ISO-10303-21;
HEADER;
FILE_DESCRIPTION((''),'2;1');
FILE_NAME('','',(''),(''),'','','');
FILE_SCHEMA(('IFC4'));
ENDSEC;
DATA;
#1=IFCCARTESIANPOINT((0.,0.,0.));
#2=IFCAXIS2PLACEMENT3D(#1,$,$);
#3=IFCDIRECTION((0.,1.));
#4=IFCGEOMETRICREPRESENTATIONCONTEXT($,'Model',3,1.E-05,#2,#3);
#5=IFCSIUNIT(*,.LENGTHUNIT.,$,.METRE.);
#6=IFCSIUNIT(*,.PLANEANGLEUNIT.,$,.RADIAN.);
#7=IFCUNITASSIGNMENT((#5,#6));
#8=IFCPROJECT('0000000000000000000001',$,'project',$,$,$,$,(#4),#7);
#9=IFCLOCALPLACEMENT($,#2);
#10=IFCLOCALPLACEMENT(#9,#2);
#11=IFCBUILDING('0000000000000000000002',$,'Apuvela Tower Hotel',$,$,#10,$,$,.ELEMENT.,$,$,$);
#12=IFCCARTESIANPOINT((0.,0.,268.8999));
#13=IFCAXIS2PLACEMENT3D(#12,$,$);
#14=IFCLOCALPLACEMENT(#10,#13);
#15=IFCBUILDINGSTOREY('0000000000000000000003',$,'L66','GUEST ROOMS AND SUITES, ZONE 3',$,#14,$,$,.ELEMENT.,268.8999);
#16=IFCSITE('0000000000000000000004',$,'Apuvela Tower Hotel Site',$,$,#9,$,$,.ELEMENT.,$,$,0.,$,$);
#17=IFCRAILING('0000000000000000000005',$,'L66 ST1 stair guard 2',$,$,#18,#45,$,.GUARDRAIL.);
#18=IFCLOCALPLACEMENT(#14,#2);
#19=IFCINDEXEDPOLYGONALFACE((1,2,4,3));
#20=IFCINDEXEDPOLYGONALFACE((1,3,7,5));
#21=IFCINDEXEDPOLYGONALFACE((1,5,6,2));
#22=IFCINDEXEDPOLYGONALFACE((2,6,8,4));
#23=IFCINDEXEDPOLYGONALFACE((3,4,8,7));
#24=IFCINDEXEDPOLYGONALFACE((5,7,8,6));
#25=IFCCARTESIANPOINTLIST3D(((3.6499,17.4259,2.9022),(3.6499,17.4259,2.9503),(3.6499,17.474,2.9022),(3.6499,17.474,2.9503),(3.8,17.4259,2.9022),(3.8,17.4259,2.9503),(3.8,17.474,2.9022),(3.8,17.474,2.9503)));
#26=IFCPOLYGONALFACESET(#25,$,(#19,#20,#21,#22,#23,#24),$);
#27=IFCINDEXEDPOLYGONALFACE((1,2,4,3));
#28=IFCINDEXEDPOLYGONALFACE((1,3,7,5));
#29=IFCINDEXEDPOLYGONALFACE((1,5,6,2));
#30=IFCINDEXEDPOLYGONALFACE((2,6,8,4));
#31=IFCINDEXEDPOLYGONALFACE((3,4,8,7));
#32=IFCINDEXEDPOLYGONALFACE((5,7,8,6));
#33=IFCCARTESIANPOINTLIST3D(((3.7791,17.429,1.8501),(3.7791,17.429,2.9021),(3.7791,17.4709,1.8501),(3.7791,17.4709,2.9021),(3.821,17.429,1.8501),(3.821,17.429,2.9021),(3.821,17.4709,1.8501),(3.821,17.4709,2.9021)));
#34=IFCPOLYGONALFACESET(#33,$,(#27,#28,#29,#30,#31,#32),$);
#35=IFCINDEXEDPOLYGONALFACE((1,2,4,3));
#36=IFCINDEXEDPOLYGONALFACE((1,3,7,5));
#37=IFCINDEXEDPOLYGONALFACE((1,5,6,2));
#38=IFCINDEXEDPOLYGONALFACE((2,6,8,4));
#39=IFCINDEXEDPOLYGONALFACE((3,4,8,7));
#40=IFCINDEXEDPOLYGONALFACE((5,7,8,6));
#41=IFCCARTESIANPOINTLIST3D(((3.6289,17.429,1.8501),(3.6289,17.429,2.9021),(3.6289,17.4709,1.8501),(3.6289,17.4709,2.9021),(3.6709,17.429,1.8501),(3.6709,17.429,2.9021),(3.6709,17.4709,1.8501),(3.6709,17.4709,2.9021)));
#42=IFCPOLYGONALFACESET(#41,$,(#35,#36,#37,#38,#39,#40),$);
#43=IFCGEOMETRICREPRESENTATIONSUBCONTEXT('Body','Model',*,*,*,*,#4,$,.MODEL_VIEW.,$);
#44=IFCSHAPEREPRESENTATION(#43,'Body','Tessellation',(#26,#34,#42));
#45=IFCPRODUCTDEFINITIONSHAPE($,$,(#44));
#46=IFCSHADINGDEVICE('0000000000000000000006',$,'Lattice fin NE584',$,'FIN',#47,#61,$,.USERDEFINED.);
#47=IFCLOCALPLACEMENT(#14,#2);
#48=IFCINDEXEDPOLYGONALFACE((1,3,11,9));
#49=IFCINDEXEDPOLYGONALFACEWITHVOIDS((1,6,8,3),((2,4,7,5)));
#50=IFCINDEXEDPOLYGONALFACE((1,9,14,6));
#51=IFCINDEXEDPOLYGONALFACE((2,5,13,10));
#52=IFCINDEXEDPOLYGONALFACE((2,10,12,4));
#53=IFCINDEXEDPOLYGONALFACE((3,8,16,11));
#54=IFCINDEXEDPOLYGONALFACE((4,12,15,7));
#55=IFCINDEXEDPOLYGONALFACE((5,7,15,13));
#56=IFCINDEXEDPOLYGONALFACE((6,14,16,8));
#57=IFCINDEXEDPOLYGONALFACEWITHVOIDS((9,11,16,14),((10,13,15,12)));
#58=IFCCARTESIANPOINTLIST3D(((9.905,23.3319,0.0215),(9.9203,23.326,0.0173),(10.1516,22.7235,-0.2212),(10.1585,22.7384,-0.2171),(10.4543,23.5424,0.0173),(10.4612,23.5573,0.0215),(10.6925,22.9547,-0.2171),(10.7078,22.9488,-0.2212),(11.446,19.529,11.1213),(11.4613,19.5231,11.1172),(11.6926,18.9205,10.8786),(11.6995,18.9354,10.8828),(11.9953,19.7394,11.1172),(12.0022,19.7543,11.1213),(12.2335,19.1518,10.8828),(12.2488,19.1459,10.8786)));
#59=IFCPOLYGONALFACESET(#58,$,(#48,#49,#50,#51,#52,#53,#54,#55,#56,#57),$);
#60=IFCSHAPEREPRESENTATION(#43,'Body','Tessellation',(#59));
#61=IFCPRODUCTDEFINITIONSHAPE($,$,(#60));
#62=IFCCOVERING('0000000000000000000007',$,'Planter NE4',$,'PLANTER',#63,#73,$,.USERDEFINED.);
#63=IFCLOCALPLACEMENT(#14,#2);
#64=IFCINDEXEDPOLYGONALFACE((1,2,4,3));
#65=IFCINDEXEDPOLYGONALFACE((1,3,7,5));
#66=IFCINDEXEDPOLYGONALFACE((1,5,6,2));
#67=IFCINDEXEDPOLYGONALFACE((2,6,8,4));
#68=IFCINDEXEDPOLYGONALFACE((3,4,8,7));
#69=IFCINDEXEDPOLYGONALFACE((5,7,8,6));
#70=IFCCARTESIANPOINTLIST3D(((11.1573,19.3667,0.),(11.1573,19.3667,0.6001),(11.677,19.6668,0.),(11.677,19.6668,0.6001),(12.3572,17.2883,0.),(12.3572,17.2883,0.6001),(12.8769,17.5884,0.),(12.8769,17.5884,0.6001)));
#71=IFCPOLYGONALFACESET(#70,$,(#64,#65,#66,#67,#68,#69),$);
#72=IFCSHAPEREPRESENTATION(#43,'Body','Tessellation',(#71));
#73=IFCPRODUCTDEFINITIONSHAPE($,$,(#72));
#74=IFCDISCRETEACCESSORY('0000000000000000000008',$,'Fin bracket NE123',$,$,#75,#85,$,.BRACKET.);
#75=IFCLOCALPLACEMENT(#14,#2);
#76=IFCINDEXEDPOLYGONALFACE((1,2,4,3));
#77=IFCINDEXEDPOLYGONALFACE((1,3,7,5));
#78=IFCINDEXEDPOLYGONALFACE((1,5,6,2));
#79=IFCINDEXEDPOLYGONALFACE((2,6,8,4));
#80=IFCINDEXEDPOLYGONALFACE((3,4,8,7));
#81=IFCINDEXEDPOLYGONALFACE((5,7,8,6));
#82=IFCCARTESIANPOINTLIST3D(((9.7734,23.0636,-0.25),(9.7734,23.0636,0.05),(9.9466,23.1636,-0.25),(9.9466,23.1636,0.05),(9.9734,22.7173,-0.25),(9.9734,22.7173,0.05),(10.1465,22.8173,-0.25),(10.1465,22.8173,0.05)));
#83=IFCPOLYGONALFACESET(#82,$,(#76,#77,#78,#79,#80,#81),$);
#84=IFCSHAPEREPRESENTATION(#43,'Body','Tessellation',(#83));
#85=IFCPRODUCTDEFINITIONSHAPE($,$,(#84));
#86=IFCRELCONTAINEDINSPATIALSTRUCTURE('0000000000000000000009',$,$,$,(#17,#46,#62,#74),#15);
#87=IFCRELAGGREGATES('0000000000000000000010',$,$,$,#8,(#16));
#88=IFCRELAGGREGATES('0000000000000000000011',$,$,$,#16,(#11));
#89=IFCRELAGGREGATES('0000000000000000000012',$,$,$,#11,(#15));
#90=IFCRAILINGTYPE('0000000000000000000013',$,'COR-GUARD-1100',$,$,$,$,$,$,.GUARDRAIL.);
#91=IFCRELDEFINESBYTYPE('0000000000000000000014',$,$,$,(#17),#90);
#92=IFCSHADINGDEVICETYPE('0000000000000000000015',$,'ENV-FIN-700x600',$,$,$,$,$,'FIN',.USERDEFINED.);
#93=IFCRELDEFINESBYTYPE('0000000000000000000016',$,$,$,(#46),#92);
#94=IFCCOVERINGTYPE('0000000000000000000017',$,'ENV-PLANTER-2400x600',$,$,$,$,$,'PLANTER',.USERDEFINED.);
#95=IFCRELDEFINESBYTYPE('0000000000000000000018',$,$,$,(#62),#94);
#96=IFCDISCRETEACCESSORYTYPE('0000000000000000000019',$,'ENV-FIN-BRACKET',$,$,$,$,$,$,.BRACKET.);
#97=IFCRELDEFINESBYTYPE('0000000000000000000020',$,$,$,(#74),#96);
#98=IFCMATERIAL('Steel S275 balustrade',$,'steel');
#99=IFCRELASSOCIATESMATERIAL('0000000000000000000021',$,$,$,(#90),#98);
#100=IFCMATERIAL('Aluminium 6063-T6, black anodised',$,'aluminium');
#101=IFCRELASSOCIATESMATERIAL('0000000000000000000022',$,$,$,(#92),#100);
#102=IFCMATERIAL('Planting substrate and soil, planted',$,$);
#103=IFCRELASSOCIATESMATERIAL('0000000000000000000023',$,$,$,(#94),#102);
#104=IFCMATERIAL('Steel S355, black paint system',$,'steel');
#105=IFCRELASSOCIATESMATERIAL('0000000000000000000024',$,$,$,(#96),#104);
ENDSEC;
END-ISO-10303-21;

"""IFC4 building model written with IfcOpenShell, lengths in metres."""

from ifc_helpers import new_model, si_unit, direction, frame, origin, origin_2d, place, context, subcontext, project, spatial, rectangle, hollow_rectangle, extrude, material, material_profile, profile_set, type_object, element, save


model = new_model("IFC4")

# Units and contexts
model_context = context("Model", 3, precision=1e-05, world=origin(), true_north=direction((0.0, 1.0)))
body_context = subcontext(model_context, "Body", "Model", "MODEL_VIEW")
ifc_project = project(units=[si_unit("LENGTHUNIT", "METRE"), si_unit("PLANEANGLEUNIT", "RADIAN")], contexts=[model_context])

# Site, building, storey
site_placement = place(None, origin())
site = spatial("IfcSite", under=ifc_project, at=site_placement, Name="Apuvela Tower Hotel Site", CompositionType="ELEMENT", RefElevation=0.0)
building_placement = place(site_placement, origin())
building = spatial("IfcBuilding", under=site, at=building_placement, Name="Apuvela Tower Hotel", CompositionType="ELEMENT")
storey_placement = place(building_placement, frame((0.0, 0.0, 268.8999)))
storey = spatial("IfcBuildingStorey", under=building, at=storey_placement, Name="L66", Description="GUEST ROOMS AND SUITES, ZONE 3", CompositionType="ELEMENT", Elevation=268.8999)

# Railing
ifc_material_1 = material(Name="Steel S275 balustrade", Category="steel")
railing_type = type_object("IfcRailingType", Name="COR-GUARD-1100", PredefinedType="GUARDRAIL", material=ifc_material_1)
railing_placement = place(storey_placement, frame((3.8, 17.45, 1.8501)))
element("IfcRailing", 1, at=railing_placement, inside=storey, type_object=railing_type, Name="L66 ST1 stair guard 2", PredefinedType="GUARDRAIL", context=body_context, shape_type="SweptSolid", body=[
    extrude(rectangle(XDim=0.0481, YDim=0.0481, at=origin_2d()), frame((0.0, 0.0, 1.0762), z_axis=(-1.0, 0.0, 0.0), x_axis=(0.0, -1.0, 0.0)), (0.0, 0.0, 1.0), 0.1501),
    extrude(rectangle(XDim=0.042, YDim=0.042, at=origin_2d()), origin(), (0.0, 0.0, 1.0), 1.052),
    extrude(rectangle(XDim=0.042, YDim=0.042, at=origin_2d()), frame((-0.1501, 0.0, 0.0)), (0.0, 0.0, 1.0), 1.052),
])

# Shading device
ifc_material_2 = material(Name="Aluminium 6063-T6, black anodised", Category="aluminium")
ifc_material_profile_1 = material_profile(ifc_material_2, hollow_rectangle(XDim=0.6001, YDim=0.7, WallThickness=0.012, at=origin_2d()), Name="AL BOX 700x600x12")
ifc_profile_set_1 = profile_set([ifc_material_profile_1], Name="Aluminium 6063-T6, black anodised")
shading_device_type = type_object("IfcShadingDeviceType", Name="ENV-FIN-700x600", ElementType="FIN", PredefinedType="USERDEFINED", material=ifc_profile_set_1)
shading_device_placement = place(storey_placement, frame((10.3064, 23.1404, -0.0999), z_axis=(0.130219, -0.32136, 0.937961), x_axis=(0.926801, 0.375552, 0.0)))
element("IfcShadingDevice", 2, at=shading_device_placement, inside=storey, type_object=shading_device_type, Name="Lattice fin NE584", ObjectType="FIN", PredefinedType="USERDEFINED", context=body_context, shape_type="SweptSolid", body=[
    extrude(hollow_rectangle(XDim=0.6001, YDim=0.7, WallThickness=0.012, at=origin_2d()), origin(), (0.0, 0.0, 1.0), 11.834),
])

# Covering
ifc_material_3 = material(Name="Planting substrate and soil, planted")
covering_type = type_object("IfcCoveringType", Name="ENV-PLANTER-2400x600", ElementType="PLANTER", PredefinedType="USERDEFINED", material=ifc_material_3)
covering_placement = place(storey_placement, frame((12.0171, 18.4775, 0.0), z_axis=(0.0, 0.0, 1.0), x_axis=(-0.5, 0.866025, 0.0)))
element("IfcCovering", 3, at=covering_placement, inside=storey, type_object=covering_type, Name="Planter NE4", ObjectType="PLANTER", PredefinedType="USERDEFINED", context=body_context, shape_type="SweptSolid", body=[
    extrude(rectangle(XDim=2.3999, YDim=0.6001, at=origin_2d()), origin(), (0.0, 0.0, 1.0), 0.6001),
])

# Discrete accessory
ifc_material_4 = material(Name="Steel S355, black paint system", Category="steel")
discrete_accessory_type = type_object("IfcDiscreteAccessoryType", Name="ENV-FIN-BRACKET", PredefinedType="BRACKET", material=ifc_material_4)
discrete_accessory_placement = place(storey_placement, frame((9.96, 22.9404, -0.25), z_axis=(0.0, 0.0, 1.0), x_axis=(-0.5, 0.866025, 0.0)))
element("IfcDiscreteAccessory", 4, at=discrete_accessory_placement, inside=storey, type_object=discrete_accessory_type, Name="Fin bracket NE123", PredefinedType="BRACKET", context=body_context, shape_type="SweptSolid", body=[
    extrude(rectangle(XDim=0.3999, YDim=0.2, at=origin_2d()), origin(), (0.0, 0.0, 1.0), 0.3),
])

save(model, "model.ifc")
